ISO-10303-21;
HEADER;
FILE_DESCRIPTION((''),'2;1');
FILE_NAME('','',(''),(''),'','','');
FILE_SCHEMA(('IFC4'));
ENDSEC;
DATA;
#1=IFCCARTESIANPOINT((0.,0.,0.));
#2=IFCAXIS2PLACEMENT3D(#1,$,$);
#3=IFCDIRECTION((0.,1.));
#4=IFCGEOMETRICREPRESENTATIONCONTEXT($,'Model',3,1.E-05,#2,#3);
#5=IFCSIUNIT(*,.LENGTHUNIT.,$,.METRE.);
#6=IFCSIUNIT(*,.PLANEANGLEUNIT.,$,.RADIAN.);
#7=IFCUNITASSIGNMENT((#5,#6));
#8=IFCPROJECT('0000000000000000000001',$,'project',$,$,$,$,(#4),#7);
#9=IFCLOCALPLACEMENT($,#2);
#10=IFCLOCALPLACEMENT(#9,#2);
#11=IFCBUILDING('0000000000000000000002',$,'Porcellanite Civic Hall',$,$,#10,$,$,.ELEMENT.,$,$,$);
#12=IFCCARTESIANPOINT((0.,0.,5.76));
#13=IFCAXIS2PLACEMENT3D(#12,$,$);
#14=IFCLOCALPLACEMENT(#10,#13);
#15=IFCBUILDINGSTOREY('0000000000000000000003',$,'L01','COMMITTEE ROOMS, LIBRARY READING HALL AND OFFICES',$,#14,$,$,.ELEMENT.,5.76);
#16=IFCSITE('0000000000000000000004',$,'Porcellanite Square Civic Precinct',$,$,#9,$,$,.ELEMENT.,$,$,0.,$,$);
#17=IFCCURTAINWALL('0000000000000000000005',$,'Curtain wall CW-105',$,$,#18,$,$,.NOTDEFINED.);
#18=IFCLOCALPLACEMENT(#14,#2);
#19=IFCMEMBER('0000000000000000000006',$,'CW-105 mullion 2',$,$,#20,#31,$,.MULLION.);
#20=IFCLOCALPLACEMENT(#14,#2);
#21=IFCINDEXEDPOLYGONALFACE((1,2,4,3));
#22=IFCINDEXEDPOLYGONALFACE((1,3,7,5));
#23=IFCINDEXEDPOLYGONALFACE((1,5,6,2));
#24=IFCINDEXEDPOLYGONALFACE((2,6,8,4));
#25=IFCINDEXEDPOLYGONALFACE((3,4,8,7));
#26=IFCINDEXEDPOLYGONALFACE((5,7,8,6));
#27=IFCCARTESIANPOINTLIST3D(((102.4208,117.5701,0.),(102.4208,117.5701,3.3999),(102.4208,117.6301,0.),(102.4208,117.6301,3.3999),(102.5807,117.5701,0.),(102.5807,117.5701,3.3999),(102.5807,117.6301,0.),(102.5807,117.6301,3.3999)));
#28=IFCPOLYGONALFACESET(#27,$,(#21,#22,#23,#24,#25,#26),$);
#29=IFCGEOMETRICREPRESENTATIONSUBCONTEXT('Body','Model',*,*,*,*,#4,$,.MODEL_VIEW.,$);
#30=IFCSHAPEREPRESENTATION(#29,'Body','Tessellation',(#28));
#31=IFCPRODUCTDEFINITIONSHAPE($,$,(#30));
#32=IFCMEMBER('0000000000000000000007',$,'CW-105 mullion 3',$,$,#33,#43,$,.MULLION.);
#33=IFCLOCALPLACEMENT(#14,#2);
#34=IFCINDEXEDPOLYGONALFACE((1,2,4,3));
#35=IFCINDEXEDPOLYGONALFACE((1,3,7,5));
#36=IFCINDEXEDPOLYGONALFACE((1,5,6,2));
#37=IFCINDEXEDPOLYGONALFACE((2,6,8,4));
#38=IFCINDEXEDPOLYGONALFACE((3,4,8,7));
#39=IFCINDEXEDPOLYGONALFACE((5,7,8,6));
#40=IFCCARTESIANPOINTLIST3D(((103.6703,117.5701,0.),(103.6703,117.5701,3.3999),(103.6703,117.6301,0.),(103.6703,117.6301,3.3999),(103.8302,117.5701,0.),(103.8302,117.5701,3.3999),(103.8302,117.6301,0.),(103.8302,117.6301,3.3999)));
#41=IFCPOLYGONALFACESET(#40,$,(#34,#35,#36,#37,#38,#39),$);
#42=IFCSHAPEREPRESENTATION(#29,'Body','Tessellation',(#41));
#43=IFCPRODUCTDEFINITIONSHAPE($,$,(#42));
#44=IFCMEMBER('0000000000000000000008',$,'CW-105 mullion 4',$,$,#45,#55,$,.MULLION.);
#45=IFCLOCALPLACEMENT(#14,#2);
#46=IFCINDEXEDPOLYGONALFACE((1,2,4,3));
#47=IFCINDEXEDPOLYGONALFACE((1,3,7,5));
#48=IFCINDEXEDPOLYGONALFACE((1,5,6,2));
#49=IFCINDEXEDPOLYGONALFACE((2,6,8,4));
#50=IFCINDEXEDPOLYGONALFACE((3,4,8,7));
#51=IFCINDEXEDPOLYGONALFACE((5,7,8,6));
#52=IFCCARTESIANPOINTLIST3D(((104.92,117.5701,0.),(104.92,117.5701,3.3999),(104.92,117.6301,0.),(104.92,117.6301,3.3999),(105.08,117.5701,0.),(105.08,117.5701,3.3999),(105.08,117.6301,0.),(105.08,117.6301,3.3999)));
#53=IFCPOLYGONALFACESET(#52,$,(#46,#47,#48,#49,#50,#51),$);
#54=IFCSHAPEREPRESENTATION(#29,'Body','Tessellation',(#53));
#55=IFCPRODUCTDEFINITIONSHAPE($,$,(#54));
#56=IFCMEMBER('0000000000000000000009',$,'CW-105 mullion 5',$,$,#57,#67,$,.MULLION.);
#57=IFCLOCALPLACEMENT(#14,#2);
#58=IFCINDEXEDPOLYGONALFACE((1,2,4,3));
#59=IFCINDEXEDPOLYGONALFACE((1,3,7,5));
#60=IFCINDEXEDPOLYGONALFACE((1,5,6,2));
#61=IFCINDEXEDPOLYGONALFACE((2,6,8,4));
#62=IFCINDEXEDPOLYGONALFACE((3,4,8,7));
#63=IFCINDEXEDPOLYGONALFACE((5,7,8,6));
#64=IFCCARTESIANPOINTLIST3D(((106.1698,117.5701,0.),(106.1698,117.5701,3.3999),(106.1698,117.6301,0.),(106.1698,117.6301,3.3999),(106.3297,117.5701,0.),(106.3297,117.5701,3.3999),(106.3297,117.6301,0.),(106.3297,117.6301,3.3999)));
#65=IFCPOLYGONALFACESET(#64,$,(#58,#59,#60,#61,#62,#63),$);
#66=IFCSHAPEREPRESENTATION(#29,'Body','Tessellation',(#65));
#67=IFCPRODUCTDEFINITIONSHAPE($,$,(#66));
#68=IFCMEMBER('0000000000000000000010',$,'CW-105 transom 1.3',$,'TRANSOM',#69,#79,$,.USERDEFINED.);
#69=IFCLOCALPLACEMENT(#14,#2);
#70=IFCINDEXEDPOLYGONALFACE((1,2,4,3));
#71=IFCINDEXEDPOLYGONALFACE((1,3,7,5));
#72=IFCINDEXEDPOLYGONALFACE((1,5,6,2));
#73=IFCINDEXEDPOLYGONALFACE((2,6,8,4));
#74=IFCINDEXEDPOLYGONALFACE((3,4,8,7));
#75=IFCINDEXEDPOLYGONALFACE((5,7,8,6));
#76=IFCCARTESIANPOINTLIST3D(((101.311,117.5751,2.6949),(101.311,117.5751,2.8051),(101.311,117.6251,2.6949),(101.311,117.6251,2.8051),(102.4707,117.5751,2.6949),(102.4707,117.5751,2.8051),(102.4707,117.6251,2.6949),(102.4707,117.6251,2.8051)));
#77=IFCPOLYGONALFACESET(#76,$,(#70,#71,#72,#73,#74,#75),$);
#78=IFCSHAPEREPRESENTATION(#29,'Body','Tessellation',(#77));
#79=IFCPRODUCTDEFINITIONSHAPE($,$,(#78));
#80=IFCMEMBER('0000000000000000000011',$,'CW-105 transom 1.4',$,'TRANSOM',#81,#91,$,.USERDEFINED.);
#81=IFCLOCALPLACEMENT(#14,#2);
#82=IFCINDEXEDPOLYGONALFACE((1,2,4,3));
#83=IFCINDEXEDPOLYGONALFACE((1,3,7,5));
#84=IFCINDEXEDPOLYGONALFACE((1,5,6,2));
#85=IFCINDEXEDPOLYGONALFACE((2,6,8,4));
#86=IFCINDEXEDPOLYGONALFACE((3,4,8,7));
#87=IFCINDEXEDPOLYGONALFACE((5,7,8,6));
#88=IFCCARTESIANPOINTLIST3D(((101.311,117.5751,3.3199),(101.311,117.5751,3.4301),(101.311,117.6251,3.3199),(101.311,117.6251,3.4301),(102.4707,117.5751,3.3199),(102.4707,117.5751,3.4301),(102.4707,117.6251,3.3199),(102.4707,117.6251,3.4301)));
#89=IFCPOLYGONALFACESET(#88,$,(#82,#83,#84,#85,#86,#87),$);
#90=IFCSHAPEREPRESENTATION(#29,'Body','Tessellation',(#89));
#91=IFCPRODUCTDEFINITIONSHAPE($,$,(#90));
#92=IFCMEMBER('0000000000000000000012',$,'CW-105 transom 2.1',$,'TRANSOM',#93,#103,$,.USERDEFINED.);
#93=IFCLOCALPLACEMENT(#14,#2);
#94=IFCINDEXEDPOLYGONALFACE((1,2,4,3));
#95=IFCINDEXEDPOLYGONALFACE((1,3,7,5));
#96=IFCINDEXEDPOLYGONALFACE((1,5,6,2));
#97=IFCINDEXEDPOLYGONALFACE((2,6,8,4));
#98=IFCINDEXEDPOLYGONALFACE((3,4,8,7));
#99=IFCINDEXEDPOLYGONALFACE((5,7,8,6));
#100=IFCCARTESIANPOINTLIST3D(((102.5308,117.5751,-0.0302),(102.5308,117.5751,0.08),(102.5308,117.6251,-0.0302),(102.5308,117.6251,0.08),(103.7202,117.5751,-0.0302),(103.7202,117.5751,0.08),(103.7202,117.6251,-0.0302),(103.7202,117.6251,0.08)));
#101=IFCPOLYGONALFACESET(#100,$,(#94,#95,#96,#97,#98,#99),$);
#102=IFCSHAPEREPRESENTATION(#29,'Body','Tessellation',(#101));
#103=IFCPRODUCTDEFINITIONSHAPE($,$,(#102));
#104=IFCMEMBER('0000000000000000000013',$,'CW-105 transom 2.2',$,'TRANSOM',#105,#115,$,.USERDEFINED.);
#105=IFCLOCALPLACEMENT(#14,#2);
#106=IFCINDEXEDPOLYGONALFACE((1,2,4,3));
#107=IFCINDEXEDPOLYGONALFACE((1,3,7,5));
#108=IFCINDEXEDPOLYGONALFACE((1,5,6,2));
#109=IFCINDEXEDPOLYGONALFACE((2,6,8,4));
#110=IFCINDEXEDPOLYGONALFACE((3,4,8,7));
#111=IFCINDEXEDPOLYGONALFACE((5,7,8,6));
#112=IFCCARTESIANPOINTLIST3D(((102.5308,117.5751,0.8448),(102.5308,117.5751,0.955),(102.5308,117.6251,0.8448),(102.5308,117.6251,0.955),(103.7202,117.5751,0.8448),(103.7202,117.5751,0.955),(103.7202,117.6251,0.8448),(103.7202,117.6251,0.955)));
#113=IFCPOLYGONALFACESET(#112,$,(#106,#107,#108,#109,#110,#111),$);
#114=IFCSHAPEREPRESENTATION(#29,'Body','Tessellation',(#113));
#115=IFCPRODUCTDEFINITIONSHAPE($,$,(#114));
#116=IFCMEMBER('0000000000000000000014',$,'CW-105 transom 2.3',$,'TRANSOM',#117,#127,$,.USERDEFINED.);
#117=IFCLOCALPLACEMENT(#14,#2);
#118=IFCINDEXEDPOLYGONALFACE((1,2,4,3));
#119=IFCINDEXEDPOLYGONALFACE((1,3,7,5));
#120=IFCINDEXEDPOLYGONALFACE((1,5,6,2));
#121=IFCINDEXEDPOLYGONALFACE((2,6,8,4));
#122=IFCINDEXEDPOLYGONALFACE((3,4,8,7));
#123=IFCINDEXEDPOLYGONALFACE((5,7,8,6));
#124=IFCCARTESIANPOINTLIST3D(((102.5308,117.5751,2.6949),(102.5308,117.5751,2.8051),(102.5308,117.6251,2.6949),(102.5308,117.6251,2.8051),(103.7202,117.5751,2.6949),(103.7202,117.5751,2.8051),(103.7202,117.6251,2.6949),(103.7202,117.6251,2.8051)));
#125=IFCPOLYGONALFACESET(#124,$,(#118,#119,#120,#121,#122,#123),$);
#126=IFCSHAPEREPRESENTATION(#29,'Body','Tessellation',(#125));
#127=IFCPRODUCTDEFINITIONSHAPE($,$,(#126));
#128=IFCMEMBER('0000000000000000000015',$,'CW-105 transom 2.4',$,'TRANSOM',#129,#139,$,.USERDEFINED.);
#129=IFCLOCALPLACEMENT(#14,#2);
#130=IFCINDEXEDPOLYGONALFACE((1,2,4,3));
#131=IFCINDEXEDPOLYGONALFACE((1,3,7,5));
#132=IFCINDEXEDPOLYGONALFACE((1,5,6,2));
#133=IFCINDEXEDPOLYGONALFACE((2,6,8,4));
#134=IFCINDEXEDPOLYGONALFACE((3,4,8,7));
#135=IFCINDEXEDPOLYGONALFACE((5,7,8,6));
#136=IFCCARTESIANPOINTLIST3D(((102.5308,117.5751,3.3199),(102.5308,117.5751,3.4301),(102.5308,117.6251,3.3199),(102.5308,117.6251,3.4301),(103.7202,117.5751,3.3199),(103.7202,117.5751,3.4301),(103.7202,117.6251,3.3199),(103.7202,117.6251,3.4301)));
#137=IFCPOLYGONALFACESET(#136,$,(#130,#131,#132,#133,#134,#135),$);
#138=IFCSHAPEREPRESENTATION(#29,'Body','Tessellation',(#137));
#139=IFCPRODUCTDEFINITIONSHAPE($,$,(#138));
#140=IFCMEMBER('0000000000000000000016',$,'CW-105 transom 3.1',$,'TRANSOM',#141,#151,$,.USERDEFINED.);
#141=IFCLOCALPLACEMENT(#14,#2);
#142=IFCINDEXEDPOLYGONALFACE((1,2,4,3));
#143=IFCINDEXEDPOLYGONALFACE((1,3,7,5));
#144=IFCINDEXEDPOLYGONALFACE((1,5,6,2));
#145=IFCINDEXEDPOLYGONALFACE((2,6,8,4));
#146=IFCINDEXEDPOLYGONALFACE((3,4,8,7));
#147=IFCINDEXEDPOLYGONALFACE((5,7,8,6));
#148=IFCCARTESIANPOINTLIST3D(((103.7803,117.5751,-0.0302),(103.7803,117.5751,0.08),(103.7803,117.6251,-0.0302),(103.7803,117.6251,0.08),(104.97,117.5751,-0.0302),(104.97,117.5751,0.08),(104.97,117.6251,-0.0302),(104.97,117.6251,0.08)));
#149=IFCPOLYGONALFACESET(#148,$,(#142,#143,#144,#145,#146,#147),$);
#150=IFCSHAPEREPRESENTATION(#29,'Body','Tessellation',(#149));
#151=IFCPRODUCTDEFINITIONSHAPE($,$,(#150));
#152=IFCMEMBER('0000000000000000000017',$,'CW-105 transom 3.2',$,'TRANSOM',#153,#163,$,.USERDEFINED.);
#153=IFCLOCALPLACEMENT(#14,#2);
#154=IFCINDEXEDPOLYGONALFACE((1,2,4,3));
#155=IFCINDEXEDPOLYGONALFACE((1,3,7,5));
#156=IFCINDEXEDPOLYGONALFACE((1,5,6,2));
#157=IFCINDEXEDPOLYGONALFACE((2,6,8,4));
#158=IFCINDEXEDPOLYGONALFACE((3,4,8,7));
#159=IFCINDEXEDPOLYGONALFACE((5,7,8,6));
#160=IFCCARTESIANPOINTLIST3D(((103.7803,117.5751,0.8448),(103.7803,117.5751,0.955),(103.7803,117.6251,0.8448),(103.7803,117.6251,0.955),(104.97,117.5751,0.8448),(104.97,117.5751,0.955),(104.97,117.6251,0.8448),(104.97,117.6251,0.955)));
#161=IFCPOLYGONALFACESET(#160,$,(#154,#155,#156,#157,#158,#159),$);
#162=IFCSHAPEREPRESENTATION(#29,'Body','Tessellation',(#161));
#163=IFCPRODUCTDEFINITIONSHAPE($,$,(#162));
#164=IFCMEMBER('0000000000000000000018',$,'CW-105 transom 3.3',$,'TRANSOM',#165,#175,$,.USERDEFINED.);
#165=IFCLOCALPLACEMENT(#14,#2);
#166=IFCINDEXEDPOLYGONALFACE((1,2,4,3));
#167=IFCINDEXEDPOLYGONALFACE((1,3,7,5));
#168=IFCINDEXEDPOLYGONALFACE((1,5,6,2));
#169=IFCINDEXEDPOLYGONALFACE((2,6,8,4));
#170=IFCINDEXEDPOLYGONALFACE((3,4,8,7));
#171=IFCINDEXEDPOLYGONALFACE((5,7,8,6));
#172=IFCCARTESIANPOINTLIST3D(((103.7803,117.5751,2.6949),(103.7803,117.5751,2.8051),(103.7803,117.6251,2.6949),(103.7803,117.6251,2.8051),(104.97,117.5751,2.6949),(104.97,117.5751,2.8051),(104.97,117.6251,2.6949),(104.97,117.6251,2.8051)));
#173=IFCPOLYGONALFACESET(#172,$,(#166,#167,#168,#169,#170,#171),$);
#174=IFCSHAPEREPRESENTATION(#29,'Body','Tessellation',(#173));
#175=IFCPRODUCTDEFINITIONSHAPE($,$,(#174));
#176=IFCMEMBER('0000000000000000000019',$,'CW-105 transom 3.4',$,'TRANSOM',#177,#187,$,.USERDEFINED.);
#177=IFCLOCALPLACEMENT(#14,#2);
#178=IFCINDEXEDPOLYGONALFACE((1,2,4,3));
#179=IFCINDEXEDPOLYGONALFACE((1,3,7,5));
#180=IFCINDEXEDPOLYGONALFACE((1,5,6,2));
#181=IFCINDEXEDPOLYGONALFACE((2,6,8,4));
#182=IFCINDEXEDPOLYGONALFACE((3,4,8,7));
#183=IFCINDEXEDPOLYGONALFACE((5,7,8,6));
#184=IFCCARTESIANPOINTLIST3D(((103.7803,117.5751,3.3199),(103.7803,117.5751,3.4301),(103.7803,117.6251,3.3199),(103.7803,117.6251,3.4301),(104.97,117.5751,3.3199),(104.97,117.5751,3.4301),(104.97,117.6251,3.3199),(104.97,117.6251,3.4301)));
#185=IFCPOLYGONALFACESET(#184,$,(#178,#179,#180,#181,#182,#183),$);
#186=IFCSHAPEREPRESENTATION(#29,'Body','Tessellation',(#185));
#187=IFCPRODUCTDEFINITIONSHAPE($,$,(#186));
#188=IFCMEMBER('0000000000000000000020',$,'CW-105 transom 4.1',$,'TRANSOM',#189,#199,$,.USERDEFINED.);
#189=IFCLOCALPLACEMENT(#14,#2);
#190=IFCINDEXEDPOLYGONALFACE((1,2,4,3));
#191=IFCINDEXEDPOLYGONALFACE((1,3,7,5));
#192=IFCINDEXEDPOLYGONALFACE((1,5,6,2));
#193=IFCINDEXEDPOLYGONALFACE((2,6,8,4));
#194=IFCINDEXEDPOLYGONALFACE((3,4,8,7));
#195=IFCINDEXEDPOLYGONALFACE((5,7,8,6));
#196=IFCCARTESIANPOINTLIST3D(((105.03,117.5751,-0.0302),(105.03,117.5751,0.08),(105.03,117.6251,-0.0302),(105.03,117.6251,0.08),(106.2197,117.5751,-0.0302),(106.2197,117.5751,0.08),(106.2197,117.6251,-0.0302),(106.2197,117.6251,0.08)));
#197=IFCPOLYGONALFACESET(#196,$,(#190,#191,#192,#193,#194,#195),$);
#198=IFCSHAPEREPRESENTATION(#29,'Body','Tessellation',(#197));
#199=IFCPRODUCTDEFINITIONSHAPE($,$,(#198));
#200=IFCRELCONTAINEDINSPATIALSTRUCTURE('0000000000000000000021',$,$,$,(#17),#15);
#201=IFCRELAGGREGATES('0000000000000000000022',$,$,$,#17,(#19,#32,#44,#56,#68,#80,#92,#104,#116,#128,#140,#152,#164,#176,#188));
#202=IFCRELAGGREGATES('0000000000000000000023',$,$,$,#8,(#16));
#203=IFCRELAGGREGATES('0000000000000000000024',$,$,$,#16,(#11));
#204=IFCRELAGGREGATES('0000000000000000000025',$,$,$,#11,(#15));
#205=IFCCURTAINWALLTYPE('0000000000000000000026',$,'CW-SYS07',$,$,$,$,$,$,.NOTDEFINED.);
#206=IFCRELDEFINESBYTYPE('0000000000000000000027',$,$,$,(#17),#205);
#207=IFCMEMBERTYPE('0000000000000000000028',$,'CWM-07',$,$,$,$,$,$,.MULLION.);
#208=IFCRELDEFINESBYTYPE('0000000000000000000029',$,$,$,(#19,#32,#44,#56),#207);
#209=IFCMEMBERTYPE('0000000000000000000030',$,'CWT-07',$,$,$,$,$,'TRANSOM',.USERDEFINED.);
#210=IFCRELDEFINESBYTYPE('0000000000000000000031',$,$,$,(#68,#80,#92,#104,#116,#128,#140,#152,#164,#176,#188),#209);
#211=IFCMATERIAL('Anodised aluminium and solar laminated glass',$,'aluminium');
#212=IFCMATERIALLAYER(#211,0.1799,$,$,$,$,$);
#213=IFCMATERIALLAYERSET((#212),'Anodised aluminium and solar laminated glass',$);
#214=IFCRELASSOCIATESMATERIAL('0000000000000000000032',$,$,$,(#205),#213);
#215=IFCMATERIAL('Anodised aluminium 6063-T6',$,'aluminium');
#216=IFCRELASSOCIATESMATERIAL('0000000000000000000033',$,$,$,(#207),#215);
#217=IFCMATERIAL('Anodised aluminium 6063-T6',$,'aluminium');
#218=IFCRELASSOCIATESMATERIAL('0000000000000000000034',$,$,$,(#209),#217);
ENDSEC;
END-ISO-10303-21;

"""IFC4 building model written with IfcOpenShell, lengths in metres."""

from ifc_helpers import new_model, si_unit, direction, frame, origin, origin_2d, place, context, subcontext, project, spatial, rectangle, extrude, material, layer, layer_set, material_profile, profile_set, type_object, element, aggregate, save


model = new_model("IFC4")

# Units and contexts
model_context = context("Model", 3, precision=1e-05, world=origin(), true_north=direction((0.0, 1.0)))
body_context = subcontext(model_context, "Body", "Model", "MODEL_VIEW")
ifc_project = project(units=[si_unit("LENGTHUNIT", "METRE"), si_unit("PLANEANGLEUNIT", "RADIAN")], contexts=[model_context])

# Site, building, storey
site_placement = place(None, origin())
site = spatial("IfcSite", under=ifc_project, at=site_placement, Name="Porcellanite Square Civic Precinct", CompositionType="ELEMENT", RefElevation=0.0)
building_placement = place(site_placement, origin())
building = spatial("IfcBuilding", under=site, at=building_placement, Name="Porcellanite Civic Hall", CompositionType="ELEMENT")
storey_placement = place(building_placement, frame((0.0, 0.0, 5.76)))
storey = spatial("IfcBuildingStorey", under=building, at=storey_placement, Name="L01", Description="COMMITTEE ROOMS, LIBRARY READING HALL AND OFFICES", CompositionType="ELEMENT", Elevation=5.76)

# Curtain wall, members
ifc_material_1 = material(Name="Anodised aluminium and solar laminated glass", Category="aluminium")
ifc_layer_1 = layer(ifc_material_1, 0.1799)
ifc_layer_set_1 = layer_set([ifc_layer_1], Name="Anodised aluminium and solar laminated glass")
curtain_wall_type = type_object("IfcCurtainWallType", Name="CW-SYS07", PredefinedType="NOTDEFINED", material=ifc_layer_set_1)
curtain_wall_placement = place(storey_placement, origin())
curtain_wall = element("IfcCurtainWall", 1, at=curtain_wall_placement, inside=storey, type_object=curtain_wall_type, Name="Curtain wall CW-105", PredefinedType="NOTDEFINED")
ifc_material_2 = material(Name="Anodised aluminium 6063-T6", Category="aluminium")
ifc_material_profile_1 = material_profile(ifc_material_2, rectangle(XDim=0.0601, YDim=0.1599, at=origin_2d()), Name="AL-60x160")
ifc_profile_set_1 = profile_set([ifc_material_profile_1], Name="Anodised aluminium 6063-T6")
member_type_1 = type_object("IfcMemberType", Name="CWM-07", PredefinedType="MULLION", material=ifc_profile_set_1)
member_1_placement = place(storey_placement, frame((102.5007, 117.6001, 0.0), z_axis=(0.0, 0.0, 1.0), x_axis=(0.0, 1.0, 0.0)))
member_1 = element("IfcMember", 2, at=member_1_placement, type_object=member_type_1, Name="CW-105 mullion 2", PredefinedType="MULLION", context=body_context, shape_type="SweptSolid", body=[
    extrude(rectangle(XDim=0.0601, YDim=0.1599, at=origin_2d()), origin(), (0.0, 0.0, 1.0), 3.3999),
])
member_2_placement = place(storey_placement, frame((103.7502, 117.6001, 0.0), z_axis=(0.0, 0.0, 1.0), x_axis=(0.0, 1.0, 0.0)))
member_2 = element("IfcMember", 3, at=member_2_placement, type_object=member_type_1, Name="CW-105 mullion 3", PredefinedType="MULLION", context=body_context, shape_type="SweptSolid", body=[
    extrude(rectangle(XDim=0.0601, YDim=0.1599, at=origin_2d()), origin(), (0.0, 0.0, 1.0), 3.3999),
])
member_3_placement = place(storey_placement, frame((105.0, 117.6001, 0.0), z_axis=(0.0, 0.0, 1.0), x_axis=(0.0, 1.0, 0.0)))
member_3 = element("IfcMember", 4, at=member_3_placement, type_object=member_type_1, Name="CW-105 mullion 4", PredefinedType="MULLION", context=body_context, shape_type="SweptSolid", body=[
    extrude(rectangle(XDim=0.0601, YDim=0.1599, at=origin_2d()), origin(), (0.0, 0.0, 1.0), 3.3999),
])
member_4_placement = place(storey_placement, frame((106.2498, 117.6001, 0.0), z_axis=(0.0, 0.0, 1.0), x_axis=(0.0, 1.0, 0.0)))
member_4 = element("IfcMember", 5, at=member_4_placement, type_object=member_type_1, Name="CW-105 mullion 5", PredefinedType="MULLION", context=body_context, shape_type="SweptSolid", body=[
    extrude(rectangle(XDim=0.0601, YDim=0.1599, at=origin_2d()), origin(), (0.0, 0.0, 1.0), 3.3999),
])
ifc_material_3 = material(Name="Anodised aluminium 6063-T6", Category="aluminium")
ifc_material_profile_2 = material_profile(ifc_material_3, rectangle(XDim=0.05, YDim=0.1101, at=origin_2d()), Name="AL-50x110")
ifc_profile_set_2 = profile_set([ifc_material_profile_2], Name="Anodised aluminium 6063-T6")
member_type_2 = type_object("IfcMemberType", Name="CWT-07", ElementType="TRANSOM", PredefinedType="USERDEFINED", material=ifc_profile_set_2)
member_5_placement = place(storey_placement, frame((101.311, 117.6001, 2.75), z_axis=(1.0, 0.0, 0.0), x_axis=(0.0, 1.0, 0.0)))
member_5 = element("IfcMember", 6, at=member_5_placement, type_object=member_type_2, Name="CW-105 transom 1.3", ObjectType="TRANSOM", PredefinedType="USERDEFINED", context=body_context, shape_type="SweptSolid", body=[
    extrude(rectangle(XDim=0.05, YDim=0.1101, at=origin_2d()), origin(), (0.0, 0.0, 1.0), 1.1597),
])
member_6_placement = place(storey_placement, frame((101.311, 117.6001, 3.375), z_axis=(1.0, 0.0, 0.0), x_axis=(0.0, 1.0, 0.0)))
member_6 = element("IfcMember", 7, at=member_6_placement, type_object=member_type_2, Name="CW-105 transom 1.4", ObjectType="TRANSOM", PredefinedType="USERDEFINED", context=body_context, shape_type="SweptSolid", body=[
    extrude(rectangle(XDim=0.05, YDim=0.1101, at=origin_2d()), origin(), (0.0, 0.0, 1.0), 1.1597),
])
member_7_placement = place(storey_placement, frame((102.5308, 117.6001, 0.0249), z_axis=(1.0, 0.0, 0.0), x_axis=(0.0, 1.0, 0.0)))
member_7 = element("IfcMember", 8, at=member_7_placement, type_object=member_type_2, Name="CW-105 transom 2.1", ObjectType="TRANSOM", PredefinedType="USERDEFINED", context=body_context, shape_type="SweptSolid", body=[
    extrude(rectangle(XDim=0.05, YDim=0.1101, at=origin_2d()), origin(), (0.0, 0.0, 1.0), 1.1895),
])
member_8_placement = place(storey_placement, frame((102.5308, 117.6001, 0.8999), z_axis=(1.0, 0.0, 0.0), x_axis=(0.0, 1.0, 0.0)))
member_8 = element("IfcMember", 9, at=member_8_placement, type_object=member_type_2, Name="CW-105 transom 2.2", ObjectType="TRANSOM", PredefinedType="USERDEFINED", context=body_context, shape_type="SweptSolid", body=[
    extrude(rectangle(XDim=0.05, YDim=0.1101, at=origin_2d()), origin(), (0.0, 0.0, 1.0), 1.1895),
])
member_9_placement = place(storey_placement, frame((102.5308, 117.6001, 2.75), z_axis=(1.0, 0.0, 0.0), x_axis=(0.0, 1.0, 0.0)))
member_9 = element("IfcMember", 10, at=member_9_placement, type_object=member_type_2, Name="CW-105 transom 2.3", ObjectType="TRANSOM", PredefinedType="USERDEFINED", context=body_context, shape_type="SweptSolid", body=[
    extrude(rectangle(XDim=0.05, YDim=0.1101, at=origin_2d()), origin(), (0.0, 0.0, 1.0), 1.1895),
])
member_10_placement = place(storey_placement, frame((102.5308, 117.6001, 3.375), z_axis=(1.0, 0.0, 0.0), x_axis=(0.0, 1.0, 0.0)))
member_10 = element("IfcMember", 11, at=member_10_placement, type_object=member_type_2, Name="CW-105 transom 2.4", ObjectType="TRANSOM", PredefinedType="USERDEFINED", context=body_context, shape_type="SweptSolid", body=[
    extrude(rectangle(XDim=0.05, YDim=0.1101, at=origin_2d()), origin(), (0.0, 0.0, 1.0), 1.1895),
])
member_11_placement = place(storey_placement, frame((103.7803, 117.6001, 0.0249), z_axis=(1.0, 0.0, 0.0), x_axis=(0.0, 1.0, 0.0)))
member_11 = element("IfcMember", 12, at=member_11_placement, type_object=member_type_2, Name="CW-105 transom 3.1", ObjectType="TRANSOM", PredefinedType="USERDEFINED", context=body_context, shape_type="SweptSolid", body=[
    extrude(rectangle(XDim=0.05, YDim=0.1101, at=origin_2d()), origin(), (0.0, 0.0, 1.0), 1.1897),
])
member_12_placement = place(storey_placement, frame((103.7803, 117.6001, 0.8999), z_axis=(1.0, 0.0, 0.0), x_axis=(0.0, 1.0, 0.0)))
member_12 = element("IfcMember", 13, at=member_12_placement, type_object=member_type_2, Name="CW-105 transom 3.2", ObjectType="TRANSOM", PredefinedType="USERDEFINED", context=body_context, shape_type="SweptSolid", body=[
    extrude(rectangle(XDim=0.05, YDim=0.1101, at=origin_2d()), origin(), (0.0, 0.0, 1.0), 1.1897),
])
member_13_placement = place(storey_placement, frame((103.7803, 117.6001, 2.75), z_axis=(1.0, 0.0, 0.0), x_axis=(0.0, 1.0, 0.0)))
member_13 = element("IfcMember", 14, at=member_13_placement, type_object=member_type_2, Name="CW-105 transom 3.3", ObjectType="TRANSOM", PredefinedType="USERDEFINED", context=body_context, shape_type="SweptSolid", body=[
    extrude(rectangle(XDim=0.05, YDim=0.1101, at=origin_2d()), origin(), (0.0, 0.0, 1.0), 1.1897),
])
member_14_placement = place(storey_placement, frame((103.7803, 117.6001, 3.375), z_axis=(1.0, 0.0, 0.0), x_axis=(0.0, 1.0, 0.0)))
member_14 = element("IfcMember", 15, at=member_14_placement, type_object=member_type_2, Name="CW-105 transom 3.4", ObjectType="TRANSOM", PredefinedType="USERDEFINED", context=body_context, shape_type="SweptSolid", body=[
    extrude(rectangle(XDim=0.05, YDim=0.1101, at=origin_2d()), origin(), (0.0, 0.0, 1.0), 1.1897),
])
member_15_placement = place(storey_placement, frame((105.03, 117.6001, 0.0249), z_axis=(1.0, 0.0, 0.0), x_axis=(0.0, 1.0, 0.0)))
member_15 = element("IfcMember", 16, at=member_15_placement, type_object=member_type_2, Name="CW-105 transom 4.1", ObjectType="TRANSOM", PredefinedType="USERDEFINED", context=body_context, shape_type="SweptSolid", body=[
    extrude(rectangle(XDim=0.05, YDim=0.1101, at=origin_2d()), origin(), (0.0, 0.0, 1.0), 1.1897),
])

aggregate(curtain_wall, [member_1, member_2, member_3, member_4, member_5, member_6, member_7, member_8, member_9, member_10, member_11, member_12, member_13, member_14, member_15])

save(model, "model.ifc")
